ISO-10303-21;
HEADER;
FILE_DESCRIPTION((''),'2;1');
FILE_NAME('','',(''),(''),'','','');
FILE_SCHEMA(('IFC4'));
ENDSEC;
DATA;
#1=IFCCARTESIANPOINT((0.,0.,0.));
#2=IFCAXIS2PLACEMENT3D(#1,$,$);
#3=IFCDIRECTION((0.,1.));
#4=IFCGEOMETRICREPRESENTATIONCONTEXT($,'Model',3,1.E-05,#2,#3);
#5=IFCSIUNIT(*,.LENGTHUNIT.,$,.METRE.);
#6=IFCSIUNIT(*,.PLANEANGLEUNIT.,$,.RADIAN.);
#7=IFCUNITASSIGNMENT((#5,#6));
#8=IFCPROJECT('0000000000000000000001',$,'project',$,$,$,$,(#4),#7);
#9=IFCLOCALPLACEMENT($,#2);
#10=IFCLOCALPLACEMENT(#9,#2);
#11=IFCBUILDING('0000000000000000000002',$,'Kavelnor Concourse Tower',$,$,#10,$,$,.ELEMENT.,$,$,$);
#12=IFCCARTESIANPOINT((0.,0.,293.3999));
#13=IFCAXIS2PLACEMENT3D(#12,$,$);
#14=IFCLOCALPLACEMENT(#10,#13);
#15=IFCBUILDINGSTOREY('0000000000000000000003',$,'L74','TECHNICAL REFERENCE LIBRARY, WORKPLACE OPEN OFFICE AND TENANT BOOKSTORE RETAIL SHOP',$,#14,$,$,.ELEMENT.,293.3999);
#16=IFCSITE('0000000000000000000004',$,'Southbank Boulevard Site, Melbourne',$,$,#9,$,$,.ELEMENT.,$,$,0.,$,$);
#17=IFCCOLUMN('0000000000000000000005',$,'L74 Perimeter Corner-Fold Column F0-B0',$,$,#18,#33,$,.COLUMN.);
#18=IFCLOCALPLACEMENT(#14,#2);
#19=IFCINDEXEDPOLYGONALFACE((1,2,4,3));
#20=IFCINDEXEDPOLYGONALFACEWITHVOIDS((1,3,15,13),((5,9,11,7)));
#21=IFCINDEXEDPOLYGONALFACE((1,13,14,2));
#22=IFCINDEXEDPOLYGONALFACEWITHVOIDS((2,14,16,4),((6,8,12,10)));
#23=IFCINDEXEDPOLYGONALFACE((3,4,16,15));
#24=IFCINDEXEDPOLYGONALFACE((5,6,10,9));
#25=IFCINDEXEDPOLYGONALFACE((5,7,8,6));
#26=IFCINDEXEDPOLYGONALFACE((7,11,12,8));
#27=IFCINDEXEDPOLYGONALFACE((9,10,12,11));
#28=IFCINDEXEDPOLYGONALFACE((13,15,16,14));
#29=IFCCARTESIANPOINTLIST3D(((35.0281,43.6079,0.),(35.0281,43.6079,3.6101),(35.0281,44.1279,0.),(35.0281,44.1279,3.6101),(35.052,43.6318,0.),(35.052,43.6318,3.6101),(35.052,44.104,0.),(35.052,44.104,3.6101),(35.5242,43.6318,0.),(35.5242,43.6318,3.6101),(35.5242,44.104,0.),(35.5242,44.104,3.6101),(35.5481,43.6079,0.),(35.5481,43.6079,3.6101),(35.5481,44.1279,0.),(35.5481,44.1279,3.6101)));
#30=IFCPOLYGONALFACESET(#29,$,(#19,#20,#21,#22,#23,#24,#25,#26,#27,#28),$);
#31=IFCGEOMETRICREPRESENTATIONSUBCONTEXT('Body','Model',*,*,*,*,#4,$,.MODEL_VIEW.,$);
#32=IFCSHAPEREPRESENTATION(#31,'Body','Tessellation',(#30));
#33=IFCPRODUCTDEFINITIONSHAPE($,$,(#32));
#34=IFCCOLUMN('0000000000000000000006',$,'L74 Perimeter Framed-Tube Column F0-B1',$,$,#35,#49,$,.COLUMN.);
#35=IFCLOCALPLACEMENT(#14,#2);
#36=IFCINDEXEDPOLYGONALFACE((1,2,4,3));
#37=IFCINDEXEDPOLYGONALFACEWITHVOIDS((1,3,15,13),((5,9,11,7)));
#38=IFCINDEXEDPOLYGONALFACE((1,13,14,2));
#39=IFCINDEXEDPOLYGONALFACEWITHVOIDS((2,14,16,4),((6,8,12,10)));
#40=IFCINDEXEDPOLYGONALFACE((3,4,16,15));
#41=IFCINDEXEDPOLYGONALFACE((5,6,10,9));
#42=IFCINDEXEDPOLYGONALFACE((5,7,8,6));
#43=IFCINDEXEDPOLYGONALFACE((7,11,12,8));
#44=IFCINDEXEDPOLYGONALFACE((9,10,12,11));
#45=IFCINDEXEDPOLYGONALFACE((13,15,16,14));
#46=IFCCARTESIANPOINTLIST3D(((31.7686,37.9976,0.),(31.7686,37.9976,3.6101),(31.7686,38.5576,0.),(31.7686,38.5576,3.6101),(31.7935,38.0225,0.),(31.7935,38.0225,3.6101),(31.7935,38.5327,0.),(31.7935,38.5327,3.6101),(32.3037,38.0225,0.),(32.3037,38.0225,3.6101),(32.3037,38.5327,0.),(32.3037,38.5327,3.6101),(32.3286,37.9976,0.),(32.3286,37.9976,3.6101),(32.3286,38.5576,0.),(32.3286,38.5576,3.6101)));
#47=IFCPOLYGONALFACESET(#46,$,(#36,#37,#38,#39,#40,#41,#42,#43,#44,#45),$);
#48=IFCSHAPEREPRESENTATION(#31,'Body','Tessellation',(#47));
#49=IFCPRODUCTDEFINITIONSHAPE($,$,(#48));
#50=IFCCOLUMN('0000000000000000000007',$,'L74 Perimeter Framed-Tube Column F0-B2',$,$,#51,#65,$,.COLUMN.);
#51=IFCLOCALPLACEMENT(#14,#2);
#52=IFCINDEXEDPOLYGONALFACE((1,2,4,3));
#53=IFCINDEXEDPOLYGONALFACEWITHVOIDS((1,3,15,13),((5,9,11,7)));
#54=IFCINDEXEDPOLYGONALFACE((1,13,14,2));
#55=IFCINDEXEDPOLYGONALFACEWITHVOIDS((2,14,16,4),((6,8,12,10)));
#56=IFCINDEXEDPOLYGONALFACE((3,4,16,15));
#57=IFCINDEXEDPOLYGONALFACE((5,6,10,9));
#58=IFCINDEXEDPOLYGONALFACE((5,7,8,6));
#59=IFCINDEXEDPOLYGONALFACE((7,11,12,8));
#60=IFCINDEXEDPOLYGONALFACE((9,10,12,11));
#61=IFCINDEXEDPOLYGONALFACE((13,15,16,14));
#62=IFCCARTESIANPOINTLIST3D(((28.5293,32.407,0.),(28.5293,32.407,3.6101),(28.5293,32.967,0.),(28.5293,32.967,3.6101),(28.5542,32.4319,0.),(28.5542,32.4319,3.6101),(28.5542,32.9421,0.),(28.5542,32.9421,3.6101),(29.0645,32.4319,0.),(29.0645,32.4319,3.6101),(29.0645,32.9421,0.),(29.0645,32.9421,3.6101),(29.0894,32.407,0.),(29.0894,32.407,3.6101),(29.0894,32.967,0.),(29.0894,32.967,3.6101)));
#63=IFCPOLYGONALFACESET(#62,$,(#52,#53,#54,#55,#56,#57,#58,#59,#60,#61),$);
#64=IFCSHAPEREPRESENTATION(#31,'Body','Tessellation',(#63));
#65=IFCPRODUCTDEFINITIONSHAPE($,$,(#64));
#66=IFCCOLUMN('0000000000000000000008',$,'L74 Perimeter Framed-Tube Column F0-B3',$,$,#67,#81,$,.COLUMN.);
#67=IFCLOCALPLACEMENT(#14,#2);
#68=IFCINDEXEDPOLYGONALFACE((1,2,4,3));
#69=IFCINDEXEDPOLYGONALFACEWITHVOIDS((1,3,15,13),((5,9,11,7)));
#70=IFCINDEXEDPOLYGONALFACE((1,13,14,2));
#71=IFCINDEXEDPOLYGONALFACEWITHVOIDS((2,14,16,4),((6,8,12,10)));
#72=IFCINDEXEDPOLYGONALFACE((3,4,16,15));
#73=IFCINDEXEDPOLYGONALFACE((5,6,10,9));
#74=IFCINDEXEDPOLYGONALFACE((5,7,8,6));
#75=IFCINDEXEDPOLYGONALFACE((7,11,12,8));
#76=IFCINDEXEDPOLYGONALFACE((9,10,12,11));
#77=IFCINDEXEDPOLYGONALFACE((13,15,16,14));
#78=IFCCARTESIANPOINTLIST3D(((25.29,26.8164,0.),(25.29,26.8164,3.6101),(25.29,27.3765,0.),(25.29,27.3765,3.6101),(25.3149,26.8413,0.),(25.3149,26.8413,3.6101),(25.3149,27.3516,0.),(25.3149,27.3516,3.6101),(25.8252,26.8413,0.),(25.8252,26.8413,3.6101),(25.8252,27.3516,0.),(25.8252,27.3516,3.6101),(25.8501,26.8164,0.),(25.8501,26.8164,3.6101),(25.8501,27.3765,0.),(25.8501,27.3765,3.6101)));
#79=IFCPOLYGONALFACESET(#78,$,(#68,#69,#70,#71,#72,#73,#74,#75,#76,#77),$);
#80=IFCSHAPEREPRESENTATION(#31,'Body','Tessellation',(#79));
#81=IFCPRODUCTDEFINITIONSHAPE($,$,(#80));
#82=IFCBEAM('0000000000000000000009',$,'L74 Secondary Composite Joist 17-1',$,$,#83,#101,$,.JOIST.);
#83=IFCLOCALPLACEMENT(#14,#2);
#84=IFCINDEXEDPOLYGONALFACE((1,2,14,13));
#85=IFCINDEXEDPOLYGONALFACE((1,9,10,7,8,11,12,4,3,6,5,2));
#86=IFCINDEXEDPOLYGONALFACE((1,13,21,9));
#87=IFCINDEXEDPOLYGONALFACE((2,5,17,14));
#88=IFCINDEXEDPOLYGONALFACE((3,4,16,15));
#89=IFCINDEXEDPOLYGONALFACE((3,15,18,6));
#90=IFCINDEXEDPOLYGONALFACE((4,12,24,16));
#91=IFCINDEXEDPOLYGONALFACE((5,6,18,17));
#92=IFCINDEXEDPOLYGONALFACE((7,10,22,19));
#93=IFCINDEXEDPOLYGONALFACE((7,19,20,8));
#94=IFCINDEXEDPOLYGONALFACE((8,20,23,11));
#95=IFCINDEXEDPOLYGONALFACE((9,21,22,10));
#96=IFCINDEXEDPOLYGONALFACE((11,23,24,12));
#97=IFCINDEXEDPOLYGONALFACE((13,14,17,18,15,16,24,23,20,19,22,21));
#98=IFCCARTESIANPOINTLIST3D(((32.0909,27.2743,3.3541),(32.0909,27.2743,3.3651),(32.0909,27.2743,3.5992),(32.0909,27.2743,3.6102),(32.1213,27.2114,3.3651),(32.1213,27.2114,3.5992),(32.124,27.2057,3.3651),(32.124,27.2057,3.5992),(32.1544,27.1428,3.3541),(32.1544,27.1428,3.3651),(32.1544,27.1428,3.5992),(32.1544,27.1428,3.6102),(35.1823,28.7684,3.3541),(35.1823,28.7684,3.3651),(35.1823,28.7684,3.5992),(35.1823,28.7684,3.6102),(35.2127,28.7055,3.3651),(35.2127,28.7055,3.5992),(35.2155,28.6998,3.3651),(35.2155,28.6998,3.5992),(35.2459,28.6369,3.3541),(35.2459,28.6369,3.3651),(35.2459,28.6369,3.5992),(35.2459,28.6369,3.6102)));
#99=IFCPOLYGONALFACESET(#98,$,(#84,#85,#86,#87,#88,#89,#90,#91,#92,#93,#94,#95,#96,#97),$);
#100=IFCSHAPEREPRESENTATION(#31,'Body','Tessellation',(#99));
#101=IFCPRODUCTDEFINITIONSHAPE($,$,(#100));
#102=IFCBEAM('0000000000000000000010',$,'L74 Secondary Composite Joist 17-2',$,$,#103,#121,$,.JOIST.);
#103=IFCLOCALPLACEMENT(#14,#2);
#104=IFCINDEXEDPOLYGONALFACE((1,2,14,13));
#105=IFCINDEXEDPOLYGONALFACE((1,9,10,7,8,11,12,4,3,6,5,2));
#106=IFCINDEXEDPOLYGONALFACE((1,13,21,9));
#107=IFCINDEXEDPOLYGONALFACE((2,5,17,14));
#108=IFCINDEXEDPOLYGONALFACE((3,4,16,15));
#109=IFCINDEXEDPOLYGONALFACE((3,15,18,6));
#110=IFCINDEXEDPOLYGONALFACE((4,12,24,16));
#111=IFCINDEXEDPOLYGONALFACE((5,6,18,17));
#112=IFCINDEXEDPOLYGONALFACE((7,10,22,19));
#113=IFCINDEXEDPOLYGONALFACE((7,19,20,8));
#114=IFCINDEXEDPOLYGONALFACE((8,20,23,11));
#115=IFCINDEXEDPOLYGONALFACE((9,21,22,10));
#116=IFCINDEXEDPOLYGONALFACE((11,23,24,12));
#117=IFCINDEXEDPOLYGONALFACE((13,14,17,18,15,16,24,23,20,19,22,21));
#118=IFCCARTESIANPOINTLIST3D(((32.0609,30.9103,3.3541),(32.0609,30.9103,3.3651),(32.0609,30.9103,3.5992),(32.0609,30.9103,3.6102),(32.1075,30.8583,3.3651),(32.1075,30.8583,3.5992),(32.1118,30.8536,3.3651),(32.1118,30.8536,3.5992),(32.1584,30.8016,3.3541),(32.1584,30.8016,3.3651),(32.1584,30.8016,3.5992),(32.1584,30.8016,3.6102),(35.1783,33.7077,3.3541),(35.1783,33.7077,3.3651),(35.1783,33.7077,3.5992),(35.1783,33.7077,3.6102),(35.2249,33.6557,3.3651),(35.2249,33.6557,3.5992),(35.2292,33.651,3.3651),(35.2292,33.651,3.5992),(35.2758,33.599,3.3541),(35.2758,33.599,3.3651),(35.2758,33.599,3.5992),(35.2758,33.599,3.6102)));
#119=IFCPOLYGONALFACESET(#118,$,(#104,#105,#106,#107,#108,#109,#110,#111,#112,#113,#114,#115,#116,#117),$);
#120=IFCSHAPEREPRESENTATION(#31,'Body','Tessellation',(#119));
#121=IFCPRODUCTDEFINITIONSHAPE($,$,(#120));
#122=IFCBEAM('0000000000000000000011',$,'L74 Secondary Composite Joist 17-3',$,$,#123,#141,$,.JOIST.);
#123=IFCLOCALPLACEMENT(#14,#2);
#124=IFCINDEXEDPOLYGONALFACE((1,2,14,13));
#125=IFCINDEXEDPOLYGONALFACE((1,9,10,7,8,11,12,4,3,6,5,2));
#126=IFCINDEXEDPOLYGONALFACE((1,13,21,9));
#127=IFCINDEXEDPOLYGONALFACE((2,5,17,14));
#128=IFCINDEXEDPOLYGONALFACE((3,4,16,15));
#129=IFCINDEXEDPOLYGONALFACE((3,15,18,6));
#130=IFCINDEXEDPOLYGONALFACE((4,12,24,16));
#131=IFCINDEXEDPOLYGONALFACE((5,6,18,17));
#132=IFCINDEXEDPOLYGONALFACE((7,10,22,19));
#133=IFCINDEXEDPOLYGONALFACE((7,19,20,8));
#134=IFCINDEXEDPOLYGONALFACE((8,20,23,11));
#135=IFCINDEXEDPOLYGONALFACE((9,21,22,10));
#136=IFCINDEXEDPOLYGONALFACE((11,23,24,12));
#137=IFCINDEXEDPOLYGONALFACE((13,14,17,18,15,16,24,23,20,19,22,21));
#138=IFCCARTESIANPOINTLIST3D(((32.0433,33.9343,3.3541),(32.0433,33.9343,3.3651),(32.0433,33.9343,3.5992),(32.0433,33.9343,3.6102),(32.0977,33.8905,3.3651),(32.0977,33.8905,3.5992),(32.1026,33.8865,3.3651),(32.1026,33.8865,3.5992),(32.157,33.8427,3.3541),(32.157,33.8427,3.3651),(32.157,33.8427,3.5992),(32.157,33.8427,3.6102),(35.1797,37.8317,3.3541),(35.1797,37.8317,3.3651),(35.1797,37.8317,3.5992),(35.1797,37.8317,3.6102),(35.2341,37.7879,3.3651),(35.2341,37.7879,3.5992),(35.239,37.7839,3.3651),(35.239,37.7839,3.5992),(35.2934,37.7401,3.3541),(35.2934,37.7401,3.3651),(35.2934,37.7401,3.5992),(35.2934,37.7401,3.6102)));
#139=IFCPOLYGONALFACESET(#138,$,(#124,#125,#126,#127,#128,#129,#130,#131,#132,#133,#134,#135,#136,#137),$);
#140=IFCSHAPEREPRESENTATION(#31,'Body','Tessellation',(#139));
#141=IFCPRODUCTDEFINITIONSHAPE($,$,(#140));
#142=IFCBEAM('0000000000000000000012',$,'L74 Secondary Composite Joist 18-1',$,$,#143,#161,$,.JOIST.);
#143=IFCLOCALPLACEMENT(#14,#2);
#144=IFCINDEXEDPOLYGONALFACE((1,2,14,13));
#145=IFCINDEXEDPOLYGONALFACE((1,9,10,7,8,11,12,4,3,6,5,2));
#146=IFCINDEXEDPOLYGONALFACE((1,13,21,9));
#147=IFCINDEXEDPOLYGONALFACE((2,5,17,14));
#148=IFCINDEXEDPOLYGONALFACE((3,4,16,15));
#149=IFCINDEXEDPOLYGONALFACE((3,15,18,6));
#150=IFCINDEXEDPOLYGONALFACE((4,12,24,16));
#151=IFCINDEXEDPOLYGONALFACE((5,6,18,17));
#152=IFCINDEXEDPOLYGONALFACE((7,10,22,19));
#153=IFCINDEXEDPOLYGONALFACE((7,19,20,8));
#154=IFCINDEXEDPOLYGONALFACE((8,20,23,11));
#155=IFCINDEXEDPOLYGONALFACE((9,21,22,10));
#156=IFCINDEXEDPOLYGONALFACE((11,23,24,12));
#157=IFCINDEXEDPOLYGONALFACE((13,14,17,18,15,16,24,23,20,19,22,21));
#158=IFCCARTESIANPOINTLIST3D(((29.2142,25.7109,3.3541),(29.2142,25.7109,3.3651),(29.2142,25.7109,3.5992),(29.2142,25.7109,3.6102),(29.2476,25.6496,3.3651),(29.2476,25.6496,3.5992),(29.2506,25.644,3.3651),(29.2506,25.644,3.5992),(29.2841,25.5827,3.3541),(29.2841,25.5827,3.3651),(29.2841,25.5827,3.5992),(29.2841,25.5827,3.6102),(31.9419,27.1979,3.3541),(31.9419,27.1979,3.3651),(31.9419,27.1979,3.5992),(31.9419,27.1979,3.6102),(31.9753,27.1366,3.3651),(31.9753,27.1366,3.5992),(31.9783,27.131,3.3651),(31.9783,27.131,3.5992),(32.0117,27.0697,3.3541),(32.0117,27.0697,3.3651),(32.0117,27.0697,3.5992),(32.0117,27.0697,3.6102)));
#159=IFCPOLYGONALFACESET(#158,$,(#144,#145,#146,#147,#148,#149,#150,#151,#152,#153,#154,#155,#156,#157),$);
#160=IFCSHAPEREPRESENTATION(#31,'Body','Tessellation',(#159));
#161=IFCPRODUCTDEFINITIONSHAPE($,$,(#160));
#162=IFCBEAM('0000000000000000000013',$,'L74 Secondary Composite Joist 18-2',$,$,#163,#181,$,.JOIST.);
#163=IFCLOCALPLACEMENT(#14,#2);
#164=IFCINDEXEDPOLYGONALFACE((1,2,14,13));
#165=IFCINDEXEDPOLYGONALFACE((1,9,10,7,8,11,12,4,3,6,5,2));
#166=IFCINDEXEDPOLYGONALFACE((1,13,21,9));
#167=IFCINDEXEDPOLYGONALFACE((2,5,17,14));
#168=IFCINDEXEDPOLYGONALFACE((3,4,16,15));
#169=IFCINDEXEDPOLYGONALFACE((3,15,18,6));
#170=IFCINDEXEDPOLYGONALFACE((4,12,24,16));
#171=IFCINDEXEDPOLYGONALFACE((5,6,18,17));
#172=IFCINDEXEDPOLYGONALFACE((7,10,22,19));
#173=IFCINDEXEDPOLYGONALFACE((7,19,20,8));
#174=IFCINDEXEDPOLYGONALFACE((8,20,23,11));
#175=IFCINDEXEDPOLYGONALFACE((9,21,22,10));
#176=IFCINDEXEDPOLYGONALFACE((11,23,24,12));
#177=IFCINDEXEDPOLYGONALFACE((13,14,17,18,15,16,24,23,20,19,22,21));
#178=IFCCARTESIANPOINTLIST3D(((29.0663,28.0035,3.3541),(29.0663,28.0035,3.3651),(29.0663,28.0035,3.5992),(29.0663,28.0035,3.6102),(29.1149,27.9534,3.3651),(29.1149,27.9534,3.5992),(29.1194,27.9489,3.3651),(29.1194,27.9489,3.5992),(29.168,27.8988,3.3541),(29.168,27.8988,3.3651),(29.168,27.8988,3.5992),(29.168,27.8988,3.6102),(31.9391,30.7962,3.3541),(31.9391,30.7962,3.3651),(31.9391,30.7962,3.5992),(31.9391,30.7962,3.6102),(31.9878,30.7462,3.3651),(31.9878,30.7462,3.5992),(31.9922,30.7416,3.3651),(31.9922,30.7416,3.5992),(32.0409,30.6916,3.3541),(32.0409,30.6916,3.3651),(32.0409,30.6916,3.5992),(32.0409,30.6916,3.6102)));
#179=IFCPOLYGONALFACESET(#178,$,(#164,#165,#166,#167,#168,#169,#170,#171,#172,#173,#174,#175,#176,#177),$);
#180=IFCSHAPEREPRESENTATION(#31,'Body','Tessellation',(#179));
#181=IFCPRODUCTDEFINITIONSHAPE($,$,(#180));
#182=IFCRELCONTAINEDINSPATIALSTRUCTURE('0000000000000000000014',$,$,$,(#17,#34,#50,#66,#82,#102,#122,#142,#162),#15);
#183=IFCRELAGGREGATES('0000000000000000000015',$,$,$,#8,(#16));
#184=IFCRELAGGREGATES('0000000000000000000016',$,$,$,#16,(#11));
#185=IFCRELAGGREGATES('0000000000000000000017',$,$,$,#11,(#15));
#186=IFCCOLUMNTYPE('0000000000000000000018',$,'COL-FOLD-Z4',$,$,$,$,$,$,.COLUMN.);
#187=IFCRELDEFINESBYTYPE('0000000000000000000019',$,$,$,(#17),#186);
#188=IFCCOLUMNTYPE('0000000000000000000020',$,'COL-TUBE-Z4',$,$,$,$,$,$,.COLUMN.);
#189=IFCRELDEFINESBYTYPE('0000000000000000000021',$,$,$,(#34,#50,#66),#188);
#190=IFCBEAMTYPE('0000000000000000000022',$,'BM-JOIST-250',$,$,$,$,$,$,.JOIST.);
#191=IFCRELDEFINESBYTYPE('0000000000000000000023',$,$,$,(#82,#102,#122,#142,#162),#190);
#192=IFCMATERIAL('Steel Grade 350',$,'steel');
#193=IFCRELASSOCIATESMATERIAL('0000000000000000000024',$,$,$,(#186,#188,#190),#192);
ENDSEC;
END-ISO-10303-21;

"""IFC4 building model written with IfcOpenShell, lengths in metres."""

from ifc_helpers import new_model, si_unit, direction, frame, origin, origin_2d, place, context, subcontext, project, spatial, hollow_rectangle, i_section, extrude, material, material_profile, profile_set, type_object, element, save


model = new_model("IFC4")

# Units and contexts
model_context = context("Model", 3, precision=1e-05, world=origin(), true_north=direction((0.0, 1.0)))
body_context = subcontext(model_context, "Body", "Model", "MODEL_VIEW")
ifc_project = project(units=[si_unit("LENGTHUNIT", "METRE"), si_unit("PLANEANGLEUNIT", "RADIAN")], contexts=[model_context])

# Site, building, storey
site_placement = place(None, origin())
site = spatial("IfcSite", under=ifc_project, at=site_placement, Name="Southbank Boulevard Site, Melbourne", CompositionType="ELEMENT", RefElevation=0.0)
building_placement = place(site_placement, origin())
building = spatial("IfcBuilding", under=site, at=building_placement, Name="Kavelnor Concourse Tower", CompositionType="ELEMENT")
storey_placement = place(building_placement, frame((0.0, 0.0, 293.3999)))
storey = spatial("IfcBuildingStorey", under=building, at=storey_placement, Name="L74", Description="TECHNICAL REFERENCE LIBRARY, WORKPLACE OPEN OFFICE AND TENANT BOOKSTORE RETAIL SHOP", CompositionType="ELEMENT", Elevation=293.3999)

# Columns
ifc_material_1 = material(Name="Steel Grade 350", Category="steel")
ifc_material_profile_1 = material_profile(ifc_material_1, hollow_rectangle(XDim=0.52, YDim=0.52, WallThickness=0.0239, at=origin_2d()), Name="SHS 520x520x24")
ifc_profile_set_1 = profile_set([ifc_material_profile_1], Name="Steel Grade 350")
column_type_1 = type_object("IfcColumnType", Name="COL-FOLD-Z4", PredefinedType="COLUMN", material=ifc_profile_set_1)
column_placement = place(storey_placement, frame((35.2881, 43.8679, 0.0), z_axis=(0.0, 0.0, 1.0), x_axis=(1.0, 0.0, 0.0)))
element("IfcColumn", 1, at=column_placement, inside=storey, type_object=column_type_1, Name="L74 Perimeter Corner-Fold Column F0-B0", PredefinedType="COLUMN", context=body_context, shape_type="SweptSolid", body=[
    extrude(hollow_rectangle(XDim=0.52, YDim=0.52, WallThickness=0.0239, at=origin_2d()), origin(), (0.0, 0.0, 1.0), 3.6101),
])
ifc_material_profile_2 = material_profile(ifc_material_1, hollow_rectangle(XDim=0.5601, YDim=0.5601, WallThickness=0.0249, at=origin_2d()), Name="SHS 560x560x25")
ifc_profile_set_2 = profile_set([ifc_material_profile_2], Name="Steel Grade 350")
column_type_2 = type_object("IfcColumnType", Name="COL-TUBE-Z4", PredefinedType="COLUMN", material=ifc_profile_set_2)
for number, where, z_axis, x_axis, name in (
    (2, (32.0486, 38.2776, 0.0), (0.0, 0.0, 1.0), (1.0, 0.0, 0.0), "L74 Perimeter Framed-Tube Column F0-B1"),
    (3, (28.8093, 32.687, 0.0), (0.0, 0.0, 1.0), (1.0, 0.0, 0.0), "L74 Perimeter Framed-Tube Column F0-B2"),
    (4, (25.5701, 27.0964, 0.0), (0.0, 0.0, 1.0), (1.0, 0.0, 0.0), "L74 Perimeter Framed-Tube Column F0-B3"),
):
    element("IfcColumn", number, at=place(storey_placement, frame(where, z_axis=z_axis, x_axis=x_axis)), inside=storey, type_object=column_type_2, Name=name, PredefinedType="COLUMN", context=body_context, shape_type="SweptSolid", body=[
        extrude(hollow_rectangle(XDim=0.5601, YDim=0.5601, WallThickness=0.0249, at=origin_2d()), origin(), (0.0, 0.0, 1.0), 3.6101),
    ])

# Beams
ifc_material_profile_3 = material_profile(ifc_material_1, i_section(OverallWidth=0.146, OverallDepth=0.2561, WebThickness=0.0063, FlangeThickness=0.011, at=origin_2d()), Name="250UB37")
ifc_profile_set_3 = profile_set([ifc_material_profile_3], Name="Steel Grade 350")
beam_type_1 = type_object("IfcBeamType", Name="BM-JOIST-250", PredefinedType="JOIST", material=ifc_profile_set_3)
beam_1_placement = place(storey_placement, frame((35.2141, 28.7026, 3.4822), z_axis=(-0.900361, -0.435143, 0.0), x_axis=(0.435143, -0.900361, 0.0)))
element("IfcBeam", 5, at=beam_1_placement, inside=storey, type_object=beam_type_1, Name="L74 Secondary Composite Joist 17-1", PredefinedType="JOIST", context=body_context, shape_type="SweptSolid", body=[
    extrude(i_section(OverallWidth=0.146, OverallDepth=0.2561, WebThickness=0.0063, FlangeThickness=0.011, at=origin_2d()), origin(), (0.0, 0.0, 1.0), 3.4336),
])
beam_2_placement = place(storey_placement, frame((35.2271, 33.6533, 3.4822), z_axis=(-0.744282, -0.667866, 0.0), x_axis=(0.667866, -0.744282, 0.0)))
element("IfcBeam", 6, at=beam_2_placement, inside=storey, type_object=beam_type_1, Name="L74 Secondary Composite Joist 17-2", PredefinedType="JOIST", context=body_context, shape_type="SweptSolid", body=[
    extrude(i_section(OverallWidth=0.146, OverallDepth=0.2561, WebThickness=0.0063, FlangeThickness=0.011, at=origin_2d()), origin(), (0.0, 0.0, 1.0), 4.1885),
])
beam_3_placement = place(storey_placement, frame((35.2366, 37.7859, 3.4822), z_axis=(-0.626948, -0.779061, 0.0), x_axis=(0.779061, -0.626948, 0.0)))
element("IfcBeam", 7, at=beam_3_placement, inside=storey, type_object=beam_type_1, Name="L74 Secondary Composite Joist 17-3", PredefinedType="JOIST", context=body_context, shape_type="SweptSolid", body=[
    extrude(i_section(OverallWidth=0.146, OverallDepth=0.2561, WebThickness=0.0063, FlangeThickness=0.011, at=origin_2d()), origin(), (0.0, 0.0, 1.0), 5.0027),
])
beam_4_placement = place(storey_placement, frame((31.9768, 27.1338, 3.4822), z_axis=(-0.878007, -0.478648, 0.0), x_axis=(0.478648, -0.878007, 0.0)))
element("IfcBeam", 8, at=beam_4_placement, inside=storey, type_object=beam_type_1, Name="L74 Secondary Composite Joist 18-1", PredefinedType="JOIST", context=body_context, shape_type="SweptSolid", body=[
    extrude(i_section(OverallWidth=0.146, OverallDepth=0.2561, WebThickness=0.0063, FlangeThickness=0.011, at=origin_2d()), origin(), (0.0, 0.0, 1.0), 3.1067),
])
beam_5_placement = place(storey_placement, frame((31.99, 30.7439, 3.4822), z_axis=(-0.71703, -0.697043, 0.0), x_axis=(0.697043, -0.71703, 0.0)))
element("IfcBeam", 9, at=beam_5_placement, inside=storey, type_object=beam_type_1, Name="L74 Secondary Composite Joist 18-2", PredefinedType="JOIST", context=body_context, shape_type="SweptSolid", body=[
    extrude(i_section(OverallWidth=0.146, OverallDepth=0.2561, WebThickness=0.0063, FlangeThickness=0.011, at=origin_2d()), origin(), (0.0, 0.0, 1.0), 4.0066),
])

save(model, "model.ifc")
